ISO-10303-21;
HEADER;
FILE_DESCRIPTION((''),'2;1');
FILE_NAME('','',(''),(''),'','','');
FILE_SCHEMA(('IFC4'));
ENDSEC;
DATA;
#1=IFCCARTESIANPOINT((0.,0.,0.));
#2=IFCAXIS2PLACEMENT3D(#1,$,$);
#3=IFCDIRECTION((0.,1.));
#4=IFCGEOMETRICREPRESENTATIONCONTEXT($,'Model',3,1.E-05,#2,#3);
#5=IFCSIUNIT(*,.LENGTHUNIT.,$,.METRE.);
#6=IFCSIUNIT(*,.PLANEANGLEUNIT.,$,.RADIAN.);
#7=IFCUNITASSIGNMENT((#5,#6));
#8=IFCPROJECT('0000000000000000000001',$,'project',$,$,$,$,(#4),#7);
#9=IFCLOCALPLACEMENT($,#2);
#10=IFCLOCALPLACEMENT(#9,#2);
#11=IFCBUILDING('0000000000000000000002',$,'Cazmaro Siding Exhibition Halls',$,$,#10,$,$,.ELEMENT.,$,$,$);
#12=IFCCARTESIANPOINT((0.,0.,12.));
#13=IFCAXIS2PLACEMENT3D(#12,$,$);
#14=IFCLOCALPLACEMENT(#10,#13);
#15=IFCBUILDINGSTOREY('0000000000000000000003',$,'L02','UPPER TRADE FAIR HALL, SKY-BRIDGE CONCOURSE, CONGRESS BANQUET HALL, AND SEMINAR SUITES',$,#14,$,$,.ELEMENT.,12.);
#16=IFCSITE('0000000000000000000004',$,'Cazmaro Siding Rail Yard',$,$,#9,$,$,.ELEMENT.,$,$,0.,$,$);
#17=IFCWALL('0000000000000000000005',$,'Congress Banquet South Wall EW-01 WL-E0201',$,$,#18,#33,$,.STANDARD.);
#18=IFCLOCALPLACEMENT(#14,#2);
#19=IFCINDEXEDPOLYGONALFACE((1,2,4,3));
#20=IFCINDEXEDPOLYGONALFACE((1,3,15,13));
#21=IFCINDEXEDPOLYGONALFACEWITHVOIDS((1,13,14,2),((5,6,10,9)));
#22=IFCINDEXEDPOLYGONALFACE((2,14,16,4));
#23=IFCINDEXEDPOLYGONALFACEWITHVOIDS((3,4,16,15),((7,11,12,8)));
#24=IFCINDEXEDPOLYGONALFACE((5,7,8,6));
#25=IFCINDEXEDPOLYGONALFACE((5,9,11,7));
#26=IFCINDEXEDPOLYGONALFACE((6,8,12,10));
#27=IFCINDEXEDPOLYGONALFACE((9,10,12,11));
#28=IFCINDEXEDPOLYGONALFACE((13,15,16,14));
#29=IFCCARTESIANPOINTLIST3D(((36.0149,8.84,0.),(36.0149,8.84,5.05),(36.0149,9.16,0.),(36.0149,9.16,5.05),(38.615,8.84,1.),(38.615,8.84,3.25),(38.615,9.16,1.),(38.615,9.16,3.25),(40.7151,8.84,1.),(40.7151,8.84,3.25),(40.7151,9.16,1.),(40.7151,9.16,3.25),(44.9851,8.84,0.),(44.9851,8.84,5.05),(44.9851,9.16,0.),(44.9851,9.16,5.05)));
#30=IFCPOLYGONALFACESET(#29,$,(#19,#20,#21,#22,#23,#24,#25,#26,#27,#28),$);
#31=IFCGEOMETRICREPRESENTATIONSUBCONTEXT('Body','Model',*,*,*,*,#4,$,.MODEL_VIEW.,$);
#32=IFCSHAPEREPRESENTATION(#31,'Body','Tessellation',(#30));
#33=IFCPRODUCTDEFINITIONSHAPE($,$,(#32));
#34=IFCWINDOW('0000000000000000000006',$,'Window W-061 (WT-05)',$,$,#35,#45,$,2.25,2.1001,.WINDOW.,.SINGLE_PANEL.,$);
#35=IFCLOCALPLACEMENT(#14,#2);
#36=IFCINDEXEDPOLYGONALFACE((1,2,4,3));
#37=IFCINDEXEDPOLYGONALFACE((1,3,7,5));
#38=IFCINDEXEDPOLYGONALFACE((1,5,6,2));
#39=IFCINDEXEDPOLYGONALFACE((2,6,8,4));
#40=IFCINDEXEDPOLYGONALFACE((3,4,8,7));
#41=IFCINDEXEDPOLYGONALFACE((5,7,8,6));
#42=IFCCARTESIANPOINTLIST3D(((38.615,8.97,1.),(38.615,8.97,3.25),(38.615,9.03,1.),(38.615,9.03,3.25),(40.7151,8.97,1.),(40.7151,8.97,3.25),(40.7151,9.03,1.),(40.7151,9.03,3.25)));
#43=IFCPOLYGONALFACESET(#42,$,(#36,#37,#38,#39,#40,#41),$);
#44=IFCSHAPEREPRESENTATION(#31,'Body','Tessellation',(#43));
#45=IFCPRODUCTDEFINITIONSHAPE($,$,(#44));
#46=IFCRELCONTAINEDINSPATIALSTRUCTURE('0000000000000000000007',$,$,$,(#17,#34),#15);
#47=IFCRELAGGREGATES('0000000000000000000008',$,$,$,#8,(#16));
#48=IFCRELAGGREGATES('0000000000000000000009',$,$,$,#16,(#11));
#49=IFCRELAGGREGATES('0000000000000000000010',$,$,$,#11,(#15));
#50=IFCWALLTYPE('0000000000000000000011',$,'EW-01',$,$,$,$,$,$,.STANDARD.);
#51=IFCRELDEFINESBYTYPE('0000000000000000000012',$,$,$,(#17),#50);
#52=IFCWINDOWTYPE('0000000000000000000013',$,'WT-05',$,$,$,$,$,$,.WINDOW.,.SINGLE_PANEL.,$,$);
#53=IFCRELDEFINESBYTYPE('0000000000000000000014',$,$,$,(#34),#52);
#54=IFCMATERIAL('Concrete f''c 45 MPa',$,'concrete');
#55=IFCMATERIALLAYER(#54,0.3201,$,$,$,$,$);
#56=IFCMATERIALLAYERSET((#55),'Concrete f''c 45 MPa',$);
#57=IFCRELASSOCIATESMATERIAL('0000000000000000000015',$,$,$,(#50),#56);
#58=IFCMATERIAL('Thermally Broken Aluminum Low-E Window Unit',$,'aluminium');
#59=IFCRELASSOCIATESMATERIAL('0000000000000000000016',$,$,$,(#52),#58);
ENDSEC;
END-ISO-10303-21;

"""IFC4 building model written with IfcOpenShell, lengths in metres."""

from ifc_helpers import new_model, si_unit, direction, frame, frame_2d, origin, place, context, subcontext, project, spatial, rectangle, extrude, material, layer, layer_set, type_object, element, fill, save


model = new_model("IFC4")

# Units and contexts
model_context = context("Model", 3, precision=1e-05, world=origin(), true_north=direction((0.0, 1.0)))
body_context = subcontext(model_context, "Body", "Model", "MODEL_VIEW")
ifc_project = project(units=[si_unit("LENGTHUNIT", "METRE"), si_unit("PLANEANGLEUNIT", "RADIAN")], contexts=[model_context])

# Site, building, storey
site_placement = place(None, origin())
site = spatial("IfcSite", under=ifc_project, at=site_placement, Name="Cazmaro Siding Rail Yard", CompositionType="ELEMENT", RefElevation=0.0)
building_placement = place(site_placement, origin())
building = spatial("IfcBuilding", under=site, at=building_placement, Name="Cazmaro Siding Exhibition Halls", CompositionType="ELEMENT")
storey_placement = place(building_placement, frame((0.0, 0.0, 12.0)))
storey = spatial("IfcBuildingStorey", under=building, at=storey_placement, Name="L02", Description="UPPER TRADE FAIR HALL, SKY-BRIDGE CONCOURSE, CONGRESS BANQUET HALL, AND SEMINAR SUITES", CompositionType="ELEMENT", Elevation=12.0)

# Wall, opening, window
ifc_material_1 = material(Name="Concrete f'c 45 MPa", Category="concrete")
ifc_layer_1 = layer(ifc_material_1, 0.3201)
ifc_layer_set_1 = layer_set([ifc_layer_1], Name="Concrete f'c 45 MPa")
wall_type = type_object("IfcWallType", Name="EW-01", PredefinedType="STANDARD", material=ifc_layer_set_1)
wall_1_placement = place(storey_placement, frame((44.9851, 9.0, 0.0), z_axis=(0.0, 0.0, 1.0), x_axis=(-1.0, 0.0, 0.0)))
wall_1 = element("IfcWall", 1, at=wall_1_placement, inside=storey, type_object=wall_type, Name="Congress Banquet South Wall EW-01 WL-E0201", PredefinedType="STANDARD", context=body_context, shape_type="SweptSolid", body=[
    extrude(rectangle(XDim=8.9702, YDim=0.3201, at=frame_2d((4.4851, 0.0))), origin(), (0.0, 0.0, 1.0), 5.05),
])
opening_1_placement = place(wall_1_placement, frame((4.27, 0.0, 1.0)))
opening_1 = element("IfcOpeningElement", 2, at=opening_1_placement, cuts=wall_1, PredefinedType="OPENING", context=body_context, shape_type="SweptSolid", body=[
    extrude(rectangle(XDim=2.1001, YDim=2.25, at=frame_2d((1.05, 1.125))), frame((0.0, 0.1699, 0.0), z_axis=(0.0, -1.0, 0.0), x_axis=(1.0, 0.0, 0.0)), (0.0, 0.0, 1.0), 0.3401),
])
ifc_material_2 = material(Name="Thermally Broken Aluminum Low-E Window Unit", Category="aluminium")
window_type_1 = type_object("IfcWindowType", Name="WT-05", PartitioningType="SINGLE_PANEL", PredefinedType="WINDOW", material=ifc_material_2)
window_1_placement = place(opening_1_placement, origin())
window_1 = element("IfcWindow", 3, at=window_1_placement, inside=storey, type_object=window_type_1, Name="Window W-061 (WT-05)", OverallHeight=2.25, OverallWidth=2.1001, PartitioningType="SINGLE_PANEL", PredefinedType="WINDOW", context=body_context, shape_type="SweptSolid", body=[
    extrude(rectangle(XDim=2.1001, YDim=2.25, at=frame_2d((1.05, 1.125))), frame((0.0, 0.03, 0.0), z_axis=(0.0, -1.0, 0.0), x_axis=(1.0, 0.0, 0.0)), (0.0, 0.0, 1.0), 0.0601),
])
fill(opening_1, window_1)

save(model, "model.ifc")
